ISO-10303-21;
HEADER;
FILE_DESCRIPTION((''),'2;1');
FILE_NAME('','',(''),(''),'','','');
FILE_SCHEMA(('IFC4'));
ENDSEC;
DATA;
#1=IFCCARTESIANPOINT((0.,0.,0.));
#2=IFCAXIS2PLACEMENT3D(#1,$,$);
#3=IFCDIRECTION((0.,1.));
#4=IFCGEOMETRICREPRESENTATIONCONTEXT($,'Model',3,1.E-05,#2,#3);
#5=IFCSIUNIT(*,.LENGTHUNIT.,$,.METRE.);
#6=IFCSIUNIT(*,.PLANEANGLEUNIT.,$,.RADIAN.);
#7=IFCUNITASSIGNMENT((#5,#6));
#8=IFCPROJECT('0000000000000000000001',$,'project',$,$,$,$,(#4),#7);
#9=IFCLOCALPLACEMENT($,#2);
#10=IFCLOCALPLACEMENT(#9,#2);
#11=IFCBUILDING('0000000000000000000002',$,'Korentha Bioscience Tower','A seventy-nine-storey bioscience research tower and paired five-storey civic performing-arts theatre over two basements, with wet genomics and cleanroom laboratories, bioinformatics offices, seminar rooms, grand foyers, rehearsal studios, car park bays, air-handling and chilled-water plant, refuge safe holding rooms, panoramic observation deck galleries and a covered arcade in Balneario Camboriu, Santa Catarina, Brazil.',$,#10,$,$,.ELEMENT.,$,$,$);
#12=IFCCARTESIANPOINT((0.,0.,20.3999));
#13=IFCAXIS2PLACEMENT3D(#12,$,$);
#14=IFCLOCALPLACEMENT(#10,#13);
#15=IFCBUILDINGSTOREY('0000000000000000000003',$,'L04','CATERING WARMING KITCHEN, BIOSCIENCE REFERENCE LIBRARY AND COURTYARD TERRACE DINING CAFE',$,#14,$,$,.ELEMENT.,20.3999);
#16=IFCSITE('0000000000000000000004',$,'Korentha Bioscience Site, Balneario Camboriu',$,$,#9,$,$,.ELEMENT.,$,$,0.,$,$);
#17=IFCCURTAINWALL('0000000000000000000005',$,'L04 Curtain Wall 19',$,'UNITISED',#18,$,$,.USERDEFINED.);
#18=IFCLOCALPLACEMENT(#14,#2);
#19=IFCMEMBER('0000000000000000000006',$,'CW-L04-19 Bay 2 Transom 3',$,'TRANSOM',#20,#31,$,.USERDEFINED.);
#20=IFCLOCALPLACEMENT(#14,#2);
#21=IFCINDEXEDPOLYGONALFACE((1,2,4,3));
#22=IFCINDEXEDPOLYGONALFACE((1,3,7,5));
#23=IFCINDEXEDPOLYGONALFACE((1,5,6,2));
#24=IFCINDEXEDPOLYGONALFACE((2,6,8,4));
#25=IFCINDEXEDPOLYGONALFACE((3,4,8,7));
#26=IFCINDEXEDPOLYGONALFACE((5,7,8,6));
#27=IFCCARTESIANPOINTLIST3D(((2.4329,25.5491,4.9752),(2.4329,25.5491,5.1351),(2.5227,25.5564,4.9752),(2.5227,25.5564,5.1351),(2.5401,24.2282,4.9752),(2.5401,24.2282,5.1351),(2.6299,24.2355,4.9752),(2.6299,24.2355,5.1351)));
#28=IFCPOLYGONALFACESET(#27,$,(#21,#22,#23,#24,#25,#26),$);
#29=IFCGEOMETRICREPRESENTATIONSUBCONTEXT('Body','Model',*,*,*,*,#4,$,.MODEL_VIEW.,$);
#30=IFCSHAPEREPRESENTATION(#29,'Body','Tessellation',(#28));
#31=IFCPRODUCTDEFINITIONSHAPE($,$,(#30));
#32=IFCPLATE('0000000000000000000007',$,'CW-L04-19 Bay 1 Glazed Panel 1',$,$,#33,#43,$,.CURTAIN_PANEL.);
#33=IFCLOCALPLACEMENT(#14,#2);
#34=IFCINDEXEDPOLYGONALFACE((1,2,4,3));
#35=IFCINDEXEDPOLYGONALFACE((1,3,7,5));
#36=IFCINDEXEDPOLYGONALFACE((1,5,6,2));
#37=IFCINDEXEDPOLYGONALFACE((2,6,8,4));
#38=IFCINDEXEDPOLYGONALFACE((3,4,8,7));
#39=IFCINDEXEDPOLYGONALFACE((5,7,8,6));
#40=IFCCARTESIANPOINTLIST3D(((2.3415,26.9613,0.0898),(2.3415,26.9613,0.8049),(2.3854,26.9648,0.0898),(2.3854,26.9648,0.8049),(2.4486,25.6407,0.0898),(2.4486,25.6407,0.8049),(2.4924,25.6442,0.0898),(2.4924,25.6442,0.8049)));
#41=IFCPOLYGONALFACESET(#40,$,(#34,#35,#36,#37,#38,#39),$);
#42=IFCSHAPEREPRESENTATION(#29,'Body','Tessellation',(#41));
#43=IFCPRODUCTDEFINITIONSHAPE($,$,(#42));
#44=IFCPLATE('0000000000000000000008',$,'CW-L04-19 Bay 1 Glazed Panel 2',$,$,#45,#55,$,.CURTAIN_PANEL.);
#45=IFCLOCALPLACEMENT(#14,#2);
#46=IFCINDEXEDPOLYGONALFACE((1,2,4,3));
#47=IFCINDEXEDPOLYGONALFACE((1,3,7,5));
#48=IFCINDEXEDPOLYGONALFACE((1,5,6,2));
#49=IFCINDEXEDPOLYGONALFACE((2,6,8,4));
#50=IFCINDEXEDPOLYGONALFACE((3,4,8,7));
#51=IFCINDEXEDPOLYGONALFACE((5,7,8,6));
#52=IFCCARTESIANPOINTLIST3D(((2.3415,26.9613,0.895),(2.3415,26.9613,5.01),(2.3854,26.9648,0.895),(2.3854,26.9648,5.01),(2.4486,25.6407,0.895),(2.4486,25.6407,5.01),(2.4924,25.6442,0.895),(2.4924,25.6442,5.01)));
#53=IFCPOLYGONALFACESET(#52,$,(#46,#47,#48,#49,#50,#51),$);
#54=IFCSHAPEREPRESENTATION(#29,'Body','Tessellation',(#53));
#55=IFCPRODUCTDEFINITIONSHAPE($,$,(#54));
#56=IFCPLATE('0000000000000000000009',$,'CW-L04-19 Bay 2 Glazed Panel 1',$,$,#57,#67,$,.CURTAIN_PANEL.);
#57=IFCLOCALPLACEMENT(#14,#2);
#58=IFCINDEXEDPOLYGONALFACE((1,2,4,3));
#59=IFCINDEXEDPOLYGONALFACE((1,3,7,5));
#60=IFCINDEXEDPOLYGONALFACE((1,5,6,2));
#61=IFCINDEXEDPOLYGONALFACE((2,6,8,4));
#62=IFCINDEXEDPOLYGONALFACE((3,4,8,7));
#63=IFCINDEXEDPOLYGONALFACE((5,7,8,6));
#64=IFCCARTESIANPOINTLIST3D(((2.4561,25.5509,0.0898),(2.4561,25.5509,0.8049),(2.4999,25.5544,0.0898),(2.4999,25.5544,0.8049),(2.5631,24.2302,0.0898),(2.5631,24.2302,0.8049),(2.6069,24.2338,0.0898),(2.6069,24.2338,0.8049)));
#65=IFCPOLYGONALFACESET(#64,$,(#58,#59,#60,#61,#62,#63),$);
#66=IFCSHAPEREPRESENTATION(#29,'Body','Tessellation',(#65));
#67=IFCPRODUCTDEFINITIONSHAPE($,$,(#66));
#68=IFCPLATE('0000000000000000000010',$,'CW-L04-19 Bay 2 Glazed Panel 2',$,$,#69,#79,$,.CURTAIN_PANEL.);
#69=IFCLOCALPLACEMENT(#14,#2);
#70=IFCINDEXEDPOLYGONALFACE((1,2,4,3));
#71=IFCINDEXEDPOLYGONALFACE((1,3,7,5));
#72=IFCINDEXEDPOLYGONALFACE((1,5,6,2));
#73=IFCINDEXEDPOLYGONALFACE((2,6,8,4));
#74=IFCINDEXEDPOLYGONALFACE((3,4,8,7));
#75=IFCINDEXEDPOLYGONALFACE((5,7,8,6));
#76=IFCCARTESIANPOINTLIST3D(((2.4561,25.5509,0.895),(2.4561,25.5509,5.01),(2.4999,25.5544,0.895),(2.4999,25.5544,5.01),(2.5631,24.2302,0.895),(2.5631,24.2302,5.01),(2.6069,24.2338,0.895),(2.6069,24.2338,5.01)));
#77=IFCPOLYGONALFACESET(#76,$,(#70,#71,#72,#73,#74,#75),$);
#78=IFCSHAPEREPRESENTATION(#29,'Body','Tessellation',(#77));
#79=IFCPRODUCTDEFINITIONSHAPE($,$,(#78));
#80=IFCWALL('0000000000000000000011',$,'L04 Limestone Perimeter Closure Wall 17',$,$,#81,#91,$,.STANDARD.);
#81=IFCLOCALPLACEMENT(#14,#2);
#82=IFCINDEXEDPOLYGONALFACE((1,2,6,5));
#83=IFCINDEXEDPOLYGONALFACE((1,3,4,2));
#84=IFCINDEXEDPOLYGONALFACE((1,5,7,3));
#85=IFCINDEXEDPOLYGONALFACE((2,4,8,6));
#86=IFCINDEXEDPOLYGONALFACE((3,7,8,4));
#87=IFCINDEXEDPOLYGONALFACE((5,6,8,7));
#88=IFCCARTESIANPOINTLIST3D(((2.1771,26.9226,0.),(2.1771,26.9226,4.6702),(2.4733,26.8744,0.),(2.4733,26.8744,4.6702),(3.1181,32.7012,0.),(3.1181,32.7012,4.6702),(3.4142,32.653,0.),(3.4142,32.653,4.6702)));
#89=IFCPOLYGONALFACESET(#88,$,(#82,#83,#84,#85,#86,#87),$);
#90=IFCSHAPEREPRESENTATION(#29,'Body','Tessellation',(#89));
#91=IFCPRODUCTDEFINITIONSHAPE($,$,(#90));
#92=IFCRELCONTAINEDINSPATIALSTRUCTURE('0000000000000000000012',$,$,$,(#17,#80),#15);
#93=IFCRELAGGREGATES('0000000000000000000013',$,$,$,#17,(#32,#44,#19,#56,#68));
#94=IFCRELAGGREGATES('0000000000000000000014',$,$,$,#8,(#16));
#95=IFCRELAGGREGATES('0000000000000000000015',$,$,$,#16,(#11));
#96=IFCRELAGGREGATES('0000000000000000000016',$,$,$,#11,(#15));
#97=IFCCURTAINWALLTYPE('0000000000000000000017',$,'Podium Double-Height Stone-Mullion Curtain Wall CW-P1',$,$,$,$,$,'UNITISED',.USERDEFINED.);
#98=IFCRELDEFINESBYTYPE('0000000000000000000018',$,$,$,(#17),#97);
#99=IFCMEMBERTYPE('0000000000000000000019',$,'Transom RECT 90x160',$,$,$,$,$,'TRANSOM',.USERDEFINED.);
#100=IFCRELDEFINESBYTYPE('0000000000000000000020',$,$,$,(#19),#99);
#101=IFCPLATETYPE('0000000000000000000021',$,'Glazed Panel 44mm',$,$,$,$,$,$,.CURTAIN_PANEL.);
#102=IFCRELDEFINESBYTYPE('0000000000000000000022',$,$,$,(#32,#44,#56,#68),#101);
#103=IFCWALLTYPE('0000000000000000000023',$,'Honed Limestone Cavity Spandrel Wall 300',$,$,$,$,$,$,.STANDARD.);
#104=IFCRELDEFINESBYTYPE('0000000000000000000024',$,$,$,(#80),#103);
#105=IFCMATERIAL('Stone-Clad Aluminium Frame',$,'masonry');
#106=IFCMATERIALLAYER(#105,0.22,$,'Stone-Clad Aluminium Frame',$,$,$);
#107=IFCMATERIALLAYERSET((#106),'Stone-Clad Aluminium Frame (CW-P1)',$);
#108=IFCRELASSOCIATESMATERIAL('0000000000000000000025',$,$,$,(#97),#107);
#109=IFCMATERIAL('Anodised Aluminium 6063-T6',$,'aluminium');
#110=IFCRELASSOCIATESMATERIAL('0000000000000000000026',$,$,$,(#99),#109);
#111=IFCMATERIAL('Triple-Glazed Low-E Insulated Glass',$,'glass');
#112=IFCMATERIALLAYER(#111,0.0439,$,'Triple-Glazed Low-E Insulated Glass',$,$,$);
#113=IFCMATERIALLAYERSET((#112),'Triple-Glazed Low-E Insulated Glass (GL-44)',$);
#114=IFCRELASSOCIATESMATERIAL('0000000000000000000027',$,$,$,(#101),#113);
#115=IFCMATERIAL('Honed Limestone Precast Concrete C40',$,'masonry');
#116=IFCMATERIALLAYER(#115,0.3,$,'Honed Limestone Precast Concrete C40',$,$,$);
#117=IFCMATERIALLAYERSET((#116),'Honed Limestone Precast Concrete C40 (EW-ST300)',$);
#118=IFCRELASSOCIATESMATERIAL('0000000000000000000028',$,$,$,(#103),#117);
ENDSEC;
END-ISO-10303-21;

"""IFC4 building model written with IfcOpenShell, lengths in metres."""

from ifc_helpers import new_model, si_unit, direction, frame, frame_2d, origin, origin_2d, place, context, subcontext, project, spatial, rectangle, extrude, material, layer, layer_set, material_profile, profile_set, type_object, element, aggregate, save


model = new_model("IFC4")

# Units and contexts
model_context = context("Model", 3, precision=1e-05, world=origin(), true_north=direction((0.0, 1.0)))
body_context = subcontext(model_context, "Body", "Model", "MODEL_VIEW")
ifc_project = project(units=[si_unit("LENGTHUNIT", "METRE"), si_unit("PLANEANGLEUNIT", "RADIAN")], contexts=[model_context])

# Site, building, storey
site_placement = place(None, origin())
site = spatial("IfcSite", under=ifc_project, at=site_placement, Name="Korentha Bioscience Site, Balneario Camboriu", CompositionType="ELEMENT", RefElevation=0.0)
building_placement = place(site_placement, origin())
building = spatial("IfcBuilding", under=site, at=building_placement, Name="Korentha Bioscience Tower", Description="A seventy-nine-storey bioscience research tower and paired five-storey civic performing-arts theatre over two basements, with wet genomics and cleanroom laboratories, bioinformatics offices, seminar rooms, grand foyers, rehearsal studios, car park bays, air-handling and chilled-water plant, refuge safe holding rooms, panoramic observation deck galleries and a covered arcade in Balneario Camboriu, Santa Catarina, Brazil.", CompositionType="ELEMENT")
storey_placement = place(building_placement, frame((0.0, 0.0, 20.3999)))
storey = spatial("IfcBuildingStorey", under=building, at=storey_placement, Name="L04", Description="CATERING WARMING KITCHEN, BIOSCIENCE REFERENCE LIBRARY AND COURTYARD TERRACE DINING CAFE", CompositionType="ELEMENT", Elevation=20.3999)

# Curtain wall
ifc_material_1 = material(Name="Stone-Clad Aluminium Frame", Category="masonry")
ifc_layer_1 = layer(ifc_material_1, 0.22, Name="Stone-Clad Aluminium Frame")
ifc_layer_set_1 = layer_set([ifc_layer_1], Name="Stone-Clad Aluminium Frame (CW-P1)")
curtain_wall_type = type_object("IfcCurtainWallType", Name="Podium Double-Height Stone-Mullion Curtain Wall CW-P1", ElementType="UNITISED", PredefinedType="USERDEFINED", material=ifc_layer_set_1)
curtain_wall_placement = place(storey_placement, origin())
curtain_wall = element("IfcCurtainWall", 1, at=curtain_wall_placement, inside=storey, type_object=curtain_wall_type, Name="L04 Curtain Wall 19", ObjectType="UNITISED", PredefinedType="USERDEFINED")
ifc_material_2 = material(Name="Anodised Aluminium 6063-T6", Category="aluminium")

# Member
ifc_material_profile_1 = material_profile(ifc_material_2, rectangle(XDim=0.0901, YDim=0.1599, at=origin_2d()), Name="Anodised Aluminium 6063-T6")
ifc_profile_set_1 = profile_set([ifc_material_profile_1], Name="Anodised Aluminium 6063-T6 (CW-TRN)")
member_type_1 = type_object("IfcMemberType", Name="Transom RECT 90x160", ElementType="TRANSOM", PredefinedType="USERDEFINED", material=ifc_profile_set_1)
member_1_placement = place(storey_placement, frame((2.4778, 25.5527, 5.0552), z_axis=(0.08088, -0.996724, 0.0), x_axis=(0.996724, 0.08088, 0.0)))
member_1 = element("IfcMember", 2, at=member_1_placement, type_object=member_type_1, Name="CW-L04-19 Bay 2 Transom 3", ObjectType="TRANSOM", PredefinedType="USERDEFINED", context=body_context, shape_type="SweptSolid", body=[
    extrude(rectangle(XDim=0.0901, YDim=0.1599, at=origin_2d()), origin(), (0.0, 0.0, 1.0), 1.3252),
])

# Plates
ifc_material_3 = material(Name="Triple-Glazed Low-E Insulated Glass", Category="glass")
ifc_layer_2 = layer(ifc_material_3, 0.0439, Name="Triple-Glazed Low-E Insulated Glass")
ifc_layer_set_2 = layer_set([ifc_layer_2], Name="Triple-Glazed Low-E Insulated Glass (GL-44)")
plate_type = type_object("IfcPlateType", Name="Glazed Panel 44mm", PredefinedType="CURTAIN_PANEL", material=ifc_layer_set_2)
plate_1_placement = place(storey_placement, frame((2.417, 26.3027, 0.0898), z_axis=(0.0, 0.0, 1.0), x_axis=(0.08082, -0.996729, 0.0)))
plate_1 = element("IfcPlate", 3, at=plate_1_placement, type_object=plate_type, Name="CW-L04-19 Bay 1 Glazed Panel 1", PredefinedType="CURTAIN_PANEL", context=body_context, shape_type="SweptSolid", body=[
    extrude(rectangle(XDim=1.325, YDim=0.0439, at=origin_2d()), origin(), (0.0, 0.0, 1.0), 0.7151),
])
plate_2_placement = place(storey_placement, frame((2.417, 26.3027, 0.895), z_axis=(0.0, 0.0, 1.0), x_axis=(0.08082, -0.996729, 0.0)))
plate_2 = element("IfcPlate", 4, at=plate_2_placement, type_object=plate_type, Name="CW-L04-19 Bay 1 Glazed Panel 2", PredefinedType="CURTAIN_PANEL", context=body_context, shape_type="SweptSolid", body=[
    extrude(rectangle(XDim=1.325, YDim=0.0439, at=origin_2d()), origin(), (0.0, 0.0, 1.0), 4.115),
])
plate_3_placement = place(storey_placement, frame((2.5315, 24.8923, 0.0898), z_axis=(0.0, 0.0, 1.0), x_axis=(0.08082, -0.996729, 0.0)))
plate_3 = element("IfcPlate", 5, at=plate_3_placement, type_object=plate_type, Name="CW-L04-19 Bay 2 Glazed Panel 1", PredefinedType="CURTAIN_PANEL", context=body_context, shape_type="SweptSolid", body=[
    extrude(rectangle(XDim=1.325, YDim=0.0439, at=origin_2d()), origin(), (0.0, 0.0, 1.0), 0.7151),
])
plate_4_placement = place(storey_placement, frame((2.5315, 24.8923, 0.895), z_axis=(0.0, 0.0, 1.0), x_axis=(0.08082, -0.996729, 0.0)))
plate_4 = element("IfcPlate", 6, at=plate_4_placement, type_object=plate_type, Name="CW-L04-19 Bay 2 Glazed Panel 2", PredefinedType="CURTAIN_PANEL", context=body_context, shape_type="SweptSolid", body=[
    extrude(rectangle(XDim=1.325, YDim=0.0439, at=origin_2d()), origin(), (0.0, 0.0, 1.0), 4.115),
])
aggregate(curtain_wall, [plate_1, plate_2, member_1, plate_3, plate_4])

# Wall
ifc_material_4 = material(Name="Honed Limestone Precast Concrete C40", Category="masonry")
ifc_layer_3 = layer(ifc_material_4, 0.3, Name="Honed Limestone Precast Concrete C40")
ifc_layer_set_3 = layer_set([ifc_layer_3], Name="Honed Limestone Precast Concrete C40 (EW-ST300)")
wall_type = type_object("IfcWallType", Name="Honed Limestone Cavity Spandrel Wall 300", PredefinedType="STANDARD", material=ifc_layer_set_3)
wall_placement = place(storey_placement, frame((3.2661, 32.677, 0.0), z_axis=(0.0, 0.0, 1.0), x_axis=(-0.160712, -0.987001, 0.0)))
element("IfcWall", 7, at=wall_placement, inside=storey, type_object=wall_type, Name="L04 Limestone Perimeter Closure Wall 17", PredefinedType="STANDARD", context=body_context, shape_type="SweptSolid", body=[
    extrude(rectangle(XDim=5.8547, YDim=0.3, at=frame_2d((2.9272, 0.0))), origin(), (0.0, 0.0, 1.0), 4.6702),
])

save(model, "model.ifc")
